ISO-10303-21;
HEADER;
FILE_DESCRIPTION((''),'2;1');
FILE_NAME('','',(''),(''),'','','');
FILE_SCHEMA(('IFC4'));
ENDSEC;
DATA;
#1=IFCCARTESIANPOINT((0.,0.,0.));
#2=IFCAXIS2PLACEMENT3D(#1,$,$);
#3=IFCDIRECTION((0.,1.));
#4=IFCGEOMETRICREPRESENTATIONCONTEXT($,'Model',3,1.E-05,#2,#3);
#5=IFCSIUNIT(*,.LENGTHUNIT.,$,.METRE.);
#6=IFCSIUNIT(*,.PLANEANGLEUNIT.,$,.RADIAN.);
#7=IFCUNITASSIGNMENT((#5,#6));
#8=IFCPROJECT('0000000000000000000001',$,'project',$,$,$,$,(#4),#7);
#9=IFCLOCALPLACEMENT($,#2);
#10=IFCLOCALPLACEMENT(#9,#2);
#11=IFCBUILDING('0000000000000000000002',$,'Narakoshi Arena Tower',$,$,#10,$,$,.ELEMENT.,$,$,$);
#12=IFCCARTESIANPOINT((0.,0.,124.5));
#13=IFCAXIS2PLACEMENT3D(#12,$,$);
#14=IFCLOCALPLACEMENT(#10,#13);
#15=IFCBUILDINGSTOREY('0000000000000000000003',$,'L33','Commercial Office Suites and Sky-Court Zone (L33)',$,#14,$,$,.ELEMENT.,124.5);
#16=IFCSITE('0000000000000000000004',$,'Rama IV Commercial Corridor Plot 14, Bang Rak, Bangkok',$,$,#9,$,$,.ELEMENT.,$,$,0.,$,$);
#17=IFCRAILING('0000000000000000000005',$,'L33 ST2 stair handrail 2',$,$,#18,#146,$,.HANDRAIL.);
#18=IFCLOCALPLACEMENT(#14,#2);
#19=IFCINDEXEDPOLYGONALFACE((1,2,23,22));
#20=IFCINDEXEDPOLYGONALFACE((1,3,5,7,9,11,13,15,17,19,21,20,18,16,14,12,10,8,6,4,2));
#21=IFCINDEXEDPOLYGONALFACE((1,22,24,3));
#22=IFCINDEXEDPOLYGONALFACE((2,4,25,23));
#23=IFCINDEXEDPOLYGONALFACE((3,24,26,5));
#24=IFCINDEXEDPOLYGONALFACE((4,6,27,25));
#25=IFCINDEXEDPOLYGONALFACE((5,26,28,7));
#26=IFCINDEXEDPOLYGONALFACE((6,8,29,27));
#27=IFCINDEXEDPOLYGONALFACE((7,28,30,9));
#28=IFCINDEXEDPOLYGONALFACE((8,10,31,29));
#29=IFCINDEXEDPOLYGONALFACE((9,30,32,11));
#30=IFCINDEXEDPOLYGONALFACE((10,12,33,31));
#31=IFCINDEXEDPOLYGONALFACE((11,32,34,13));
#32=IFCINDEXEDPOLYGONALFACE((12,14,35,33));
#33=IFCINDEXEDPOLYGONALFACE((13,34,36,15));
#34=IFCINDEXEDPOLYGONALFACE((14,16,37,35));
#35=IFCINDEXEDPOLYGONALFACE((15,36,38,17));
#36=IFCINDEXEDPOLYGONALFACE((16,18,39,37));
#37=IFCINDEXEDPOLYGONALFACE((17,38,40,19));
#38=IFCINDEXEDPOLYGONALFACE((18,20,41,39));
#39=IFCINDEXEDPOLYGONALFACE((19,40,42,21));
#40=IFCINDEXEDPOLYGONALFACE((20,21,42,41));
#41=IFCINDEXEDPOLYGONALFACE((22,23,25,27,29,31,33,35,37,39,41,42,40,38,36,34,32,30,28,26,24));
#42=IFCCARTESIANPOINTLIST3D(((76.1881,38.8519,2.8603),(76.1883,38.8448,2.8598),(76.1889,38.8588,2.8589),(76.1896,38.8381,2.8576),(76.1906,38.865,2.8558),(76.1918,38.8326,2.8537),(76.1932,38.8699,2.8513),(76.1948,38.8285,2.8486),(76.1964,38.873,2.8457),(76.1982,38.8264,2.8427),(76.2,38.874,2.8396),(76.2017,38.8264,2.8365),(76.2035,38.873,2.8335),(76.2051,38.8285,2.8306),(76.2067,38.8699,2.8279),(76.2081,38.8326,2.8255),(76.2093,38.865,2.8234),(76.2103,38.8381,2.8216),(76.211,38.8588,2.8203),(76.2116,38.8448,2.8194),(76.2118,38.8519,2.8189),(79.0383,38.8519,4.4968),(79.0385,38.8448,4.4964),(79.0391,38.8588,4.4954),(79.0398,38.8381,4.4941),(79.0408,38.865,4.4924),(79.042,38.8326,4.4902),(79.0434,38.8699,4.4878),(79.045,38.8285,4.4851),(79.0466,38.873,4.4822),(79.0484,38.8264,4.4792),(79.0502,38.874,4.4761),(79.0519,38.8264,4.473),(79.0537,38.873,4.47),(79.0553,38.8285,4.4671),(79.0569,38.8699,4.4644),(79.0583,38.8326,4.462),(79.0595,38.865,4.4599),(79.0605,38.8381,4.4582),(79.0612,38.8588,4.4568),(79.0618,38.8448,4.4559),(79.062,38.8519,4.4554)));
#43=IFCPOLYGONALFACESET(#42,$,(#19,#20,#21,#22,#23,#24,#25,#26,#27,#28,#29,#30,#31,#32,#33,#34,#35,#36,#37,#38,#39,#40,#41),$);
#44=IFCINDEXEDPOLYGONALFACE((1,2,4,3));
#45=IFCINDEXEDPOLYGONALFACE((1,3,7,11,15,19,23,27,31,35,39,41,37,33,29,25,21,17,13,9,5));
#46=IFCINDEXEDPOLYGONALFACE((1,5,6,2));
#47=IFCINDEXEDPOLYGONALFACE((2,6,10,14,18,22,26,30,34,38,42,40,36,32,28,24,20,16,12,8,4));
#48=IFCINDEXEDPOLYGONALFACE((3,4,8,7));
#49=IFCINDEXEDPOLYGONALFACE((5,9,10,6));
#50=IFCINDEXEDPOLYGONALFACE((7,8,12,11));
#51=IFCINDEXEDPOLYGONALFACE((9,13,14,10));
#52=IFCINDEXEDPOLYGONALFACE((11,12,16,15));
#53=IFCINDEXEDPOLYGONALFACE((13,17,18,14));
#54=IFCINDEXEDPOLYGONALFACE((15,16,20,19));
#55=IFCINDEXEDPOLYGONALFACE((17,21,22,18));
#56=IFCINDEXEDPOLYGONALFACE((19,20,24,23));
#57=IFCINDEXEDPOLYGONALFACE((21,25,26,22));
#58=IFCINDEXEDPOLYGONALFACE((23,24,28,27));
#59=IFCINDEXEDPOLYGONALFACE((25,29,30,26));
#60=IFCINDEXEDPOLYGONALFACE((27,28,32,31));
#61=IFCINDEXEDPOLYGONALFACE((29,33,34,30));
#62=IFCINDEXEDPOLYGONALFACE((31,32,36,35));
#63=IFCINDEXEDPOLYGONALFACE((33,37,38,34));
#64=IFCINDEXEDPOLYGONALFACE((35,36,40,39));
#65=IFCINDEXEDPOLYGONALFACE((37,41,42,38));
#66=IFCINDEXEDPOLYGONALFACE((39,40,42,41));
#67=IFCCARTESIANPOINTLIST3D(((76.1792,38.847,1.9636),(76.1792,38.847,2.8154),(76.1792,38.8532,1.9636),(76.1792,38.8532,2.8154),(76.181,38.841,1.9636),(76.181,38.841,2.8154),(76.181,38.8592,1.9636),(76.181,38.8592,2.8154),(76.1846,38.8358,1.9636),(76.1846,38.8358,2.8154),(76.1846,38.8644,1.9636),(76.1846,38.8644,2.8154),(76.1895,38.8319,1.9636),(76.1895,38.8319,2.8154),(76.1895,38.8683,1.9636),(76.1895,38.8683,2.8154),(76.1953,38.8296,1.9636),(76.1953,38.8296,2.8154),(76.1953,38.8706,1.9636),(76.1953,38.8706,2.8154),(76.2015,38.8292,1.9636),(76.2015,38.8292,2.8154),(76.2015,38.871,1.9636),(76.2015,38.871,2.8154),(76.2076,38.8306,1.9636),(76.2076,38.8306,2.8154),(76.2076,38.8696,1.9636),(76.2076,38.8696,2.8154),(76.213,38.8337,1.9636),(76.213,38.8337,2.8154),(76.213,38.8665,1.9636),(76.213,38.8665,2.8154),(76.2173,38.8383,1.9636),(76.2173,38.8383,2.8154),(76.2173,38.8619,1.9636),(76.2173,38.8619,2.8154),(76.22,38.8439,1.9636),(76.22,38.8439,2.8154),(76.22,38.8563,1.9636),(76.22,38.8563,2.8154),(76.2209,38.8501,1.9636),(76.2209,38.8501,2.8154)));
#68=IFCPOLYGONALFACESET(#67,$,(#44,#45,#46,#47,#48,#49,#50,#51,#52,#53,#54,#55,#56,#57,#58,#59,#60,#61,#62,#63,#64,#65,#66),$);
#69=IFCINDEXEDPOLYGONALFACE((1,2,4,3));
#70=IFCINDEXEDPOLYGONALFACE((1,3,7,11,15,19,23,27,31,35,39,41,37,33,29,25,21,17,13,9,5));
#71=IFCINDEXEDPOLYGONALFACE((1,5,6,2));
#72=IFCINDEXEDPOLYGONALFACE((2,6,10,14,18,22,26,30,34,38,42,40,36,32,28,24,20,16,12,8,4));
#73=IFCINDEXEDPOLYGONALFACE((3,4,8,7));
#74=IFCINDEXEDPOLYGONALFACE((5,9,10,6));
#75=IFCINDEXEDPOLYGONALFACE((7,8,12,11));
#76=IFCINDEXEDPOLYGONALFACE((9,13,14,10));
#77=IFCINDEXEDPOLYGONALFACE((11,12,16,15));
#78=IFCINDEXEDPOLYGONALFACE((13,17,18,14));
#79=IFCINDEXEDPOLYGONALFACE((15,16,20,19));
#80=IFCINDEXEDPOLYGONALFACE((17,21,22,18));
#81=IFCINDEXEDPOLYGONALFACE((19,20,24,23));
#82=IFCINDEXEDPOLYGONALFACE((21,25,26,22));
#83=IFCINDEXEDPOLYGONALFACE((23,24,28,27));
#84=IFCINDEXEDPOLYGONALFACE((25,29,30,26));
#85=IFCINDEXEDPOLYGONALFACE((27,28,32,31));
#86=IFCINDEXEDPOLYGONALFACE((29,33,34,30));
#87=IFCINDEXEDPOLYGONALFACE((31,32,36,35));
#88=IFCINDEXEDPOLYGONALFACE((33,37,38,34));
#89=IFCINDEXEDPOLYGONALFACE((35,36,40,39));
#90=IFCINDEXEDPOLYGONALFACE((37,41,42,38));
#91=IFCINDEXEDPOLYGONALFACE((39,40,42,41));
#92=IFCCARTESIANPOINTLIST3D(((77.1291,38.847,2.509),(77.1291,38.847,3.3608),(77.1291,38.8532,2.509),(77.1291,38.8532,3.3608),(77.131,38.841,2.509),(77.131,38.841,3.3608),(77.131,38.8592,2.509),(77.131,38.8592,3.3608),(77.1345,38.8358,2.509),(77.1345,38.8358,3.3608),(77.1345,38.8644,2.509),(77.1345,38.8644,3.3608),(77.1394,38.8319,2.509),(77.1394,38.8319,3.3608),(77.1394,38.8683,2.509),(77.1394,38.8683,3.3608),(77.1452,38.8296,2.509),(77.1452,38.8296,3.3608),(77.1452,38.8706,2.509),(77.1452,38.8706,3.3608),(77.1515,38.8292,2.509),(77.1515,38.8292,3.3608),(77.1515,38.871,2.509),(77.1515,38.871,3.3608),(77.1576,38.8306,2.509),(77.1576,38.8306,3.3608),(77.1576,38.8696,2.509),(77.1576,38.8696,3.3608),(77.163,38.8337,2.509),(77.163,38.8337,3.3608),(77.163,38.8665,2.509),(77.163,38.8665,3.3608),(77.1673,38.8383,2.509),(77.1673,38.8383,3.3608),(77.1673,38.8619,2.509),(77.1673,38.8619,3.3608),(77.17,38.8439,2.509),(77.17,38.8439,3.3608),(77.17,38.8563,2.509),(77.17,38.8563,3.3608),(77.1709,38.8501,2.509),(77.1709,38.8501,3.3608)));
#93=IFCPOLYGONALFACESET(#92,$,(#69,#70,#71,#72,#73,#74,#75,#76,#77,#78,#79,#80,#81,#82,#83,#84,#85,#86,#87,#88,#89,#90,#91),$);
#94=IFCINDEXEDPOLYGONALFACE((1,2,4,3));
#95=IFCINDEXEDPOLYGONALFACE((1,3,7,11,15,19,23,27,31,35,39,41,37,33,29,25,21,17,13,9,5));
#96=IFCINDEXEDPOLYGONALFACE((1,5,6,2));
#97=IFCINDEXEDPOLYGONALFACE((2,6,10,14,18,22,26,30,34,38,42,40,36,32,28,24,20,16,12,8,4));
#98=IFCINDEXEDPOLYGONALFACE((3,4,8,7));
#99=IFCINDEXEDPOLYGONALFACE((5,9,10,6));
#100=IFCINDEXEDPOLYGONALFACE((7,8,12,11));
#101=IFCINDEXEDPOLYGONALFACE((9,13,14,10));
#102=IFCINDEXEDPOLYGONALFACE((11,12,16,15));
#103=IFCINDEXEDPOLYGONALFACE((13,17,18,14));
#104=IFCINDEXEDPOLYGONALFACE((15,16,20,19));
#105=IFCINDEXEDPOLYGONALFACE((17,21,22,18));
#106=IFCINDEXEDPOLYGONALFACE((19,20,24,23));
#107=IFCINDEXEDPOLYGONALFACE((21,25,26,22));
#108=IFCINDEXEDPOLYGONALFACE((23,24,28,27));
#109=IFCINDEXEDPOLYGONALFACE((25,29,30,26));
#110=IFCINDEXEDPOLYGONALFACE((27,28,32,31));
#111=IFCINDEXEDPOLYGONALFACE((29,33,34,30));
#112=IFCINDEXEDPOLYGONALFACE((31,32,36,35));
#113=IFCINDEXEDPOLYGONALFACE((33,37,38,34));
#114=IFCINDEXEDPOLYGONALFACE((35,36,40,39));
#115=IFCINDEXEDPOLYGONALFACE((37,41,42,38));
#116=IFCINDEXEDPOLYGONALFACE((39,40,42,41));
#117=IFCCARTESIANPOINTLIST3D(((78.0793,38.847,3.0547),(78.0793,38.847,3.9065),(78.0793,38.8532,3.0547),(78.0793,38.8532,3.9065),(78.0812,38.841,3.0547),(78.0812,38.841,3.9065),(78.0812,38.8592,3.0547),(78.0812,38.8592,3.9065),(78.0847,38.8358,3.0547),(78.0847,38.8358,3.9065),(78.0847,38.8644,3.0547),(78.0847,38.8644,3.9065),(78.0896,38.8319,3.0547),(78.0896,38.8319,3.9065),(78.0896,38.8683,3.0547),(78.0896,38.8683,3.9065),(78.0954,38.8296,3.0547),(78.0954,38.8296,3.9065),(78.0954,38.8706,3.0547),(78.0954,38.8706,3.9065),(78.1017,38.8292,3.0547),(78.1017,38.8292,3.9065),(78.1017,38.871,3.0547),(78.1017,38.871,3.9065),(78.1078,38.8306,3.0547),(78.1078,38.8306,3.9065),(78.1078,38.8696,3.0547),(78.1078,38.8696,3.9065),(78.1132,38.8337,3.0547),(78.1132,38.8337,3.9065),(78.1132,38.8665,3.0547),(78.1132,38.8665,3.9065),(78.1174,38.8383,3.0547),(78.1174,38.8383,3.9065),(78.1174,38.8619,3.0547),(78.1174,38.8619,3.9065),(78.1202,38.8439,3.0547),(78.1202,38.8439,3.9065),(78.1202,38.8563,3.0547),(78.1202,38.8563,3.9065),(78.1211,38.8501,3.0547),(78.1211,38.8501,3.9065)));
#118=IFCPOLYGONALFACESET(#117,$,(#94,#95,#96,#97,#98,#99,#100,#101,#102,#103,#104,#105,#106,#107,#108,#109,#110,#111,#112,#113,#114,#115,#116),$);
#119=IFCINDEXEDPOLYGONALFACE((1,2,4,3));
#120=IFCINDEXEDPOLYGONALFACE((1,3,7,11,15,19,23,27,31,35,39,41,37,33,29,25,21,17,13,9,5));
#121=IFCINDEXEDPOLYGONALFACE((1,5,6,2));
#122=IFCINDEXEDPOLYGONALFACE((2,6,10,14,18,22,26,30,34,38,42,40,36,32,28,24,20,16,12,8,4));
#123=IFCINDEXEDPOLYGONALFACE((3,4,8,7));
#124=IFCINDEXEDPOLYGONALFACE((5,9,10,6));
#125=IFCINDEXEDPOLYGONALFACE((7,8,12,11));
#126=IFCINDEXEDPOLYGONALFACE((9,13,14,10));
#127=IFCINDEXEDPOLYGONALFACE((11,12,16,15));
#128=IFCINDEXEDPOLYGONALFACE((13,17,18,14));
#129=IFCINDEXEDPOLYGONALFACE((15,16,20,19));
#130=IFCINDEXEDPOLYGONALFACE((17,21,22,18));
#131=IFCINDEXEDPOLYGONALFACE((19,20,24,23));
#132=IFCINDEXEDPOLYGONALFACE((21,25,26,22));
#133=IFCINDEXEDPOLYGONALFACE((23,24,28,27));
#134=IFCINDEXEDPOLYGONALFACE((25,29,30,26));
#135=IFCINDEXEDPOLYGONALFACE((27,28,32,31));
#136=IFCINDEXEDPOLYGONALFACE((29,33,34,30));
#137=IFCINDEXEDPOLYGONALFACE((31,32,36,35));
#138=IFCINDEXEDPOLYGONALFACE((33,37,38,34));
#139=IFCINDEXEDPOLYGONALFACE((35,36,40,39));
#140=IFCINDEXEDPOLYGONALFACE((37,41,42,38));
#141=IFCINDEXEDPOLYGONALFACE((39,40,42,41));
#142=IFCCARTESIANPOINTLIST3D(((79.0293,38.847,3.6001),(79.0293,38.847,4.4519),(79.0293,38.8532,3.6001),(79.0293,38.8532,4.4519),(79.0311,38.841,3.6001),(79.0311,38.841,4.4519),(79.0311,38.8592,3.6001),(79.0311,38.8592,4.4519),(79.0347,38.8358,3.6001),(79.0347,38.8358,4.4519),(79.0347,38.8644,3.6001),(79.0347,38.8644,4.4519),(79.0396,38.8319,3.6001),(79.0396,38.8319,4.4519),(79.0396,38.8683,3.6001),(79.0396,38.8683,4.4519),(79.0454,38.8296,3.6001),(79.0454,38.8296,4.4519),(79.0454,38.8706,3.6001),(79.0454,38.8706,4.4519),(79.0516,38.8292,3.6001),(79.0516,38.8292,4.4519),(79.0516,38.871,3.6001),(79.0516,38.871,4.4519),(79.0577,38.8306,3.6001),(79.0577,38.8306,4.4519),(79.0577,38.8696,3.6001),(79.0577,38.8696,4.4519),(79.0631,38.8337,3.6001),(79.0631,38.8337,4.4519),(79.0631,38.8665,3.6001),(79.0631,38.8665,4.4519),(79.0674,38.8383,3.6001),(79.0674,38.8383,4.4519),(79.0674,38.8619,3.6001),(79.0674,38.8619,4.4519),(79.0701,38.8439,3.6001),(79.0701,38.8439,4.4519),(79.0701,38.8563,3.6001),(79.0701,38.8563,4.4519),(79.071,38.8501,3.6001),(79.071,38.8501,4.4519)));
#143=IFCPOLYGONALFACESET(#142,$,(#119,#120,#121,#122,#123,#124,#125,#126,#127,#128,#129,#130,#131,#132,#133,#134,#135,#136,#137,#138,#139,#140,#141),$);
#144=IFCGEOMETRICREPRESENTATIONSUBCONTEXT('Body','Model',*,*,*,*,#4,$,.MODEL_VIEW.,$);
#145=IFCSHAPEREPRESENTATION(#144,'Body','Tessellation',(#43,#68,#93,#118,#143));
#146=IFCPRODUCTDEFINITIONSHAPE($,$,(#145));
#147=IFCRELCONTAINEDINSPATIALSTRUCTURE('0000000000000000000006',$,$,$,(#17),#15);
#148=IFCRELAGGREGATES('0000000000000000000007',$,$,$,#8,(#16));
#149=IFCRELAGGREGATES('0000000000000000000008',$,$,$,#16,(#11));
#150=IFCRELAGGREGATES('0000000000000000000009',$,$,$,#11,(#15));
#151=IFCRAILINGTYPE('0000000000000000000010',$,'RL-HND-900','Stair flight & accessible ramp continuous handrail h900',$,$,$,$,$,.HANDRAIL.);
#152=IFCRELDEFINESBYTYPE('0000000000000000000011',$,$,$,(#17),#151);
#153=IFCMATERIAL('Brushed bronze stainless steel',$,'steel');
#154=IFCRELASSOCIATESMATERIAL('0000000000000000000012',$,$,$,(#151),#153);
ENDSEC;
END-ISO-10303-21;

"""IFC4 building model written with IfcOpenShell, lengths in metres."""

from ifc_helpers import new_model, si_unit, direction, frame, origin, origin_2d, place, context, subcontext, project, spatial, circle, extrude, material, type_object, element, save


model = new_model("IFC4")

# Units and contexts
model_context = context("Model", 3, precision=1e-05, world=origin(), true_north=direction((0.0, 1.0)))
body_context = subcontext(model_context, "Body", "Model", "MODEL_VIEW")
ifc_project = project(units=[si_unit("LENGTHUNIT", "METRE"), si_unit("PLANEANGLEUNIT", "RADIAN")], contexts=[model_context])

# Site, building, storey
site_placement = place(None, origin())
site = spatial("IfcSite", under=ifc_project, at=site_placement, Name="Rama IV Commercial Corridor Plot 14, Bang Rak, Bangkok", CompositionType="ELEMENT", RefElevation=0.0)
building_placement = place(site_placement, origin())
building = spatial("IfcBuilding", under=site, at=building_placement, Name="Narakoshi Arena Tower", CompositionType="ELEMENT")
storey_placement = place(building_placement, frame((0.0, 0.0, 124.5)))
storey = spatial("IfcBuildingStorey", under=building, at=storey_placement, Name="L33", Description="Commercial Office Suites and Sky-Court Zone (L33)", CompositionType="ELEMENT", Elevation=124.5)

# Railing
ifc_material_1 = material(Name="Brushed bronze stainless steel", Category="steel")
railing_type_1 = type_object("IfcRailingType", Name="RL-HND-900", Description="Stair flight & accessible ramp continuous handrail h900", PredefinedType="HANDRAIL", material=ifc_material_1)
for number, where, name in (
    (1, (76.2, 38.8501, 1.9636), "L33 ST2 stair handrail 2"),
):
    element("IfcRailing", number, at=place(storey_placement, frame(where)), inside=storey, type_object=railing_type_1, Name=name, PredefinedType="HANDRAIL", context=body_context, shape_type="SweptSolid", body=[
        extrude(circle(Radius=0.0239, at=origin_2d()), frame((0.0, 0.0, 0.876), z_axis=(0.867213, 0.0, 0.497938), x_axis=(0.0, 1.0, 0.0)), (0.0, 0.0, 1.0), 3.2866),
        extrude(circle(Radius=0.021, at=origin_2d()), origin(), (0.0, 0.0, 1.0), 0.8518),
        extrude(circle(Radius=0.021, at=origin_2d()), frame((0.95, 0.0, 0.5454)), (0.0, 0.0, 1.0), 0.8518),
        extrude(circle(Radius=0.021, at=origin_2d()), frame((1.9001, 0.0, 1.0911)), (0.0, 0.0, 1.0), 0.8518),
        extrude(circle(Radius=0.021, at=origin_2d()), frame((2.8501, 0.0, 1.6365)), (0.0, 0.0, 1.0), 0.8518),
    ])

save(model, "model.ifc")
